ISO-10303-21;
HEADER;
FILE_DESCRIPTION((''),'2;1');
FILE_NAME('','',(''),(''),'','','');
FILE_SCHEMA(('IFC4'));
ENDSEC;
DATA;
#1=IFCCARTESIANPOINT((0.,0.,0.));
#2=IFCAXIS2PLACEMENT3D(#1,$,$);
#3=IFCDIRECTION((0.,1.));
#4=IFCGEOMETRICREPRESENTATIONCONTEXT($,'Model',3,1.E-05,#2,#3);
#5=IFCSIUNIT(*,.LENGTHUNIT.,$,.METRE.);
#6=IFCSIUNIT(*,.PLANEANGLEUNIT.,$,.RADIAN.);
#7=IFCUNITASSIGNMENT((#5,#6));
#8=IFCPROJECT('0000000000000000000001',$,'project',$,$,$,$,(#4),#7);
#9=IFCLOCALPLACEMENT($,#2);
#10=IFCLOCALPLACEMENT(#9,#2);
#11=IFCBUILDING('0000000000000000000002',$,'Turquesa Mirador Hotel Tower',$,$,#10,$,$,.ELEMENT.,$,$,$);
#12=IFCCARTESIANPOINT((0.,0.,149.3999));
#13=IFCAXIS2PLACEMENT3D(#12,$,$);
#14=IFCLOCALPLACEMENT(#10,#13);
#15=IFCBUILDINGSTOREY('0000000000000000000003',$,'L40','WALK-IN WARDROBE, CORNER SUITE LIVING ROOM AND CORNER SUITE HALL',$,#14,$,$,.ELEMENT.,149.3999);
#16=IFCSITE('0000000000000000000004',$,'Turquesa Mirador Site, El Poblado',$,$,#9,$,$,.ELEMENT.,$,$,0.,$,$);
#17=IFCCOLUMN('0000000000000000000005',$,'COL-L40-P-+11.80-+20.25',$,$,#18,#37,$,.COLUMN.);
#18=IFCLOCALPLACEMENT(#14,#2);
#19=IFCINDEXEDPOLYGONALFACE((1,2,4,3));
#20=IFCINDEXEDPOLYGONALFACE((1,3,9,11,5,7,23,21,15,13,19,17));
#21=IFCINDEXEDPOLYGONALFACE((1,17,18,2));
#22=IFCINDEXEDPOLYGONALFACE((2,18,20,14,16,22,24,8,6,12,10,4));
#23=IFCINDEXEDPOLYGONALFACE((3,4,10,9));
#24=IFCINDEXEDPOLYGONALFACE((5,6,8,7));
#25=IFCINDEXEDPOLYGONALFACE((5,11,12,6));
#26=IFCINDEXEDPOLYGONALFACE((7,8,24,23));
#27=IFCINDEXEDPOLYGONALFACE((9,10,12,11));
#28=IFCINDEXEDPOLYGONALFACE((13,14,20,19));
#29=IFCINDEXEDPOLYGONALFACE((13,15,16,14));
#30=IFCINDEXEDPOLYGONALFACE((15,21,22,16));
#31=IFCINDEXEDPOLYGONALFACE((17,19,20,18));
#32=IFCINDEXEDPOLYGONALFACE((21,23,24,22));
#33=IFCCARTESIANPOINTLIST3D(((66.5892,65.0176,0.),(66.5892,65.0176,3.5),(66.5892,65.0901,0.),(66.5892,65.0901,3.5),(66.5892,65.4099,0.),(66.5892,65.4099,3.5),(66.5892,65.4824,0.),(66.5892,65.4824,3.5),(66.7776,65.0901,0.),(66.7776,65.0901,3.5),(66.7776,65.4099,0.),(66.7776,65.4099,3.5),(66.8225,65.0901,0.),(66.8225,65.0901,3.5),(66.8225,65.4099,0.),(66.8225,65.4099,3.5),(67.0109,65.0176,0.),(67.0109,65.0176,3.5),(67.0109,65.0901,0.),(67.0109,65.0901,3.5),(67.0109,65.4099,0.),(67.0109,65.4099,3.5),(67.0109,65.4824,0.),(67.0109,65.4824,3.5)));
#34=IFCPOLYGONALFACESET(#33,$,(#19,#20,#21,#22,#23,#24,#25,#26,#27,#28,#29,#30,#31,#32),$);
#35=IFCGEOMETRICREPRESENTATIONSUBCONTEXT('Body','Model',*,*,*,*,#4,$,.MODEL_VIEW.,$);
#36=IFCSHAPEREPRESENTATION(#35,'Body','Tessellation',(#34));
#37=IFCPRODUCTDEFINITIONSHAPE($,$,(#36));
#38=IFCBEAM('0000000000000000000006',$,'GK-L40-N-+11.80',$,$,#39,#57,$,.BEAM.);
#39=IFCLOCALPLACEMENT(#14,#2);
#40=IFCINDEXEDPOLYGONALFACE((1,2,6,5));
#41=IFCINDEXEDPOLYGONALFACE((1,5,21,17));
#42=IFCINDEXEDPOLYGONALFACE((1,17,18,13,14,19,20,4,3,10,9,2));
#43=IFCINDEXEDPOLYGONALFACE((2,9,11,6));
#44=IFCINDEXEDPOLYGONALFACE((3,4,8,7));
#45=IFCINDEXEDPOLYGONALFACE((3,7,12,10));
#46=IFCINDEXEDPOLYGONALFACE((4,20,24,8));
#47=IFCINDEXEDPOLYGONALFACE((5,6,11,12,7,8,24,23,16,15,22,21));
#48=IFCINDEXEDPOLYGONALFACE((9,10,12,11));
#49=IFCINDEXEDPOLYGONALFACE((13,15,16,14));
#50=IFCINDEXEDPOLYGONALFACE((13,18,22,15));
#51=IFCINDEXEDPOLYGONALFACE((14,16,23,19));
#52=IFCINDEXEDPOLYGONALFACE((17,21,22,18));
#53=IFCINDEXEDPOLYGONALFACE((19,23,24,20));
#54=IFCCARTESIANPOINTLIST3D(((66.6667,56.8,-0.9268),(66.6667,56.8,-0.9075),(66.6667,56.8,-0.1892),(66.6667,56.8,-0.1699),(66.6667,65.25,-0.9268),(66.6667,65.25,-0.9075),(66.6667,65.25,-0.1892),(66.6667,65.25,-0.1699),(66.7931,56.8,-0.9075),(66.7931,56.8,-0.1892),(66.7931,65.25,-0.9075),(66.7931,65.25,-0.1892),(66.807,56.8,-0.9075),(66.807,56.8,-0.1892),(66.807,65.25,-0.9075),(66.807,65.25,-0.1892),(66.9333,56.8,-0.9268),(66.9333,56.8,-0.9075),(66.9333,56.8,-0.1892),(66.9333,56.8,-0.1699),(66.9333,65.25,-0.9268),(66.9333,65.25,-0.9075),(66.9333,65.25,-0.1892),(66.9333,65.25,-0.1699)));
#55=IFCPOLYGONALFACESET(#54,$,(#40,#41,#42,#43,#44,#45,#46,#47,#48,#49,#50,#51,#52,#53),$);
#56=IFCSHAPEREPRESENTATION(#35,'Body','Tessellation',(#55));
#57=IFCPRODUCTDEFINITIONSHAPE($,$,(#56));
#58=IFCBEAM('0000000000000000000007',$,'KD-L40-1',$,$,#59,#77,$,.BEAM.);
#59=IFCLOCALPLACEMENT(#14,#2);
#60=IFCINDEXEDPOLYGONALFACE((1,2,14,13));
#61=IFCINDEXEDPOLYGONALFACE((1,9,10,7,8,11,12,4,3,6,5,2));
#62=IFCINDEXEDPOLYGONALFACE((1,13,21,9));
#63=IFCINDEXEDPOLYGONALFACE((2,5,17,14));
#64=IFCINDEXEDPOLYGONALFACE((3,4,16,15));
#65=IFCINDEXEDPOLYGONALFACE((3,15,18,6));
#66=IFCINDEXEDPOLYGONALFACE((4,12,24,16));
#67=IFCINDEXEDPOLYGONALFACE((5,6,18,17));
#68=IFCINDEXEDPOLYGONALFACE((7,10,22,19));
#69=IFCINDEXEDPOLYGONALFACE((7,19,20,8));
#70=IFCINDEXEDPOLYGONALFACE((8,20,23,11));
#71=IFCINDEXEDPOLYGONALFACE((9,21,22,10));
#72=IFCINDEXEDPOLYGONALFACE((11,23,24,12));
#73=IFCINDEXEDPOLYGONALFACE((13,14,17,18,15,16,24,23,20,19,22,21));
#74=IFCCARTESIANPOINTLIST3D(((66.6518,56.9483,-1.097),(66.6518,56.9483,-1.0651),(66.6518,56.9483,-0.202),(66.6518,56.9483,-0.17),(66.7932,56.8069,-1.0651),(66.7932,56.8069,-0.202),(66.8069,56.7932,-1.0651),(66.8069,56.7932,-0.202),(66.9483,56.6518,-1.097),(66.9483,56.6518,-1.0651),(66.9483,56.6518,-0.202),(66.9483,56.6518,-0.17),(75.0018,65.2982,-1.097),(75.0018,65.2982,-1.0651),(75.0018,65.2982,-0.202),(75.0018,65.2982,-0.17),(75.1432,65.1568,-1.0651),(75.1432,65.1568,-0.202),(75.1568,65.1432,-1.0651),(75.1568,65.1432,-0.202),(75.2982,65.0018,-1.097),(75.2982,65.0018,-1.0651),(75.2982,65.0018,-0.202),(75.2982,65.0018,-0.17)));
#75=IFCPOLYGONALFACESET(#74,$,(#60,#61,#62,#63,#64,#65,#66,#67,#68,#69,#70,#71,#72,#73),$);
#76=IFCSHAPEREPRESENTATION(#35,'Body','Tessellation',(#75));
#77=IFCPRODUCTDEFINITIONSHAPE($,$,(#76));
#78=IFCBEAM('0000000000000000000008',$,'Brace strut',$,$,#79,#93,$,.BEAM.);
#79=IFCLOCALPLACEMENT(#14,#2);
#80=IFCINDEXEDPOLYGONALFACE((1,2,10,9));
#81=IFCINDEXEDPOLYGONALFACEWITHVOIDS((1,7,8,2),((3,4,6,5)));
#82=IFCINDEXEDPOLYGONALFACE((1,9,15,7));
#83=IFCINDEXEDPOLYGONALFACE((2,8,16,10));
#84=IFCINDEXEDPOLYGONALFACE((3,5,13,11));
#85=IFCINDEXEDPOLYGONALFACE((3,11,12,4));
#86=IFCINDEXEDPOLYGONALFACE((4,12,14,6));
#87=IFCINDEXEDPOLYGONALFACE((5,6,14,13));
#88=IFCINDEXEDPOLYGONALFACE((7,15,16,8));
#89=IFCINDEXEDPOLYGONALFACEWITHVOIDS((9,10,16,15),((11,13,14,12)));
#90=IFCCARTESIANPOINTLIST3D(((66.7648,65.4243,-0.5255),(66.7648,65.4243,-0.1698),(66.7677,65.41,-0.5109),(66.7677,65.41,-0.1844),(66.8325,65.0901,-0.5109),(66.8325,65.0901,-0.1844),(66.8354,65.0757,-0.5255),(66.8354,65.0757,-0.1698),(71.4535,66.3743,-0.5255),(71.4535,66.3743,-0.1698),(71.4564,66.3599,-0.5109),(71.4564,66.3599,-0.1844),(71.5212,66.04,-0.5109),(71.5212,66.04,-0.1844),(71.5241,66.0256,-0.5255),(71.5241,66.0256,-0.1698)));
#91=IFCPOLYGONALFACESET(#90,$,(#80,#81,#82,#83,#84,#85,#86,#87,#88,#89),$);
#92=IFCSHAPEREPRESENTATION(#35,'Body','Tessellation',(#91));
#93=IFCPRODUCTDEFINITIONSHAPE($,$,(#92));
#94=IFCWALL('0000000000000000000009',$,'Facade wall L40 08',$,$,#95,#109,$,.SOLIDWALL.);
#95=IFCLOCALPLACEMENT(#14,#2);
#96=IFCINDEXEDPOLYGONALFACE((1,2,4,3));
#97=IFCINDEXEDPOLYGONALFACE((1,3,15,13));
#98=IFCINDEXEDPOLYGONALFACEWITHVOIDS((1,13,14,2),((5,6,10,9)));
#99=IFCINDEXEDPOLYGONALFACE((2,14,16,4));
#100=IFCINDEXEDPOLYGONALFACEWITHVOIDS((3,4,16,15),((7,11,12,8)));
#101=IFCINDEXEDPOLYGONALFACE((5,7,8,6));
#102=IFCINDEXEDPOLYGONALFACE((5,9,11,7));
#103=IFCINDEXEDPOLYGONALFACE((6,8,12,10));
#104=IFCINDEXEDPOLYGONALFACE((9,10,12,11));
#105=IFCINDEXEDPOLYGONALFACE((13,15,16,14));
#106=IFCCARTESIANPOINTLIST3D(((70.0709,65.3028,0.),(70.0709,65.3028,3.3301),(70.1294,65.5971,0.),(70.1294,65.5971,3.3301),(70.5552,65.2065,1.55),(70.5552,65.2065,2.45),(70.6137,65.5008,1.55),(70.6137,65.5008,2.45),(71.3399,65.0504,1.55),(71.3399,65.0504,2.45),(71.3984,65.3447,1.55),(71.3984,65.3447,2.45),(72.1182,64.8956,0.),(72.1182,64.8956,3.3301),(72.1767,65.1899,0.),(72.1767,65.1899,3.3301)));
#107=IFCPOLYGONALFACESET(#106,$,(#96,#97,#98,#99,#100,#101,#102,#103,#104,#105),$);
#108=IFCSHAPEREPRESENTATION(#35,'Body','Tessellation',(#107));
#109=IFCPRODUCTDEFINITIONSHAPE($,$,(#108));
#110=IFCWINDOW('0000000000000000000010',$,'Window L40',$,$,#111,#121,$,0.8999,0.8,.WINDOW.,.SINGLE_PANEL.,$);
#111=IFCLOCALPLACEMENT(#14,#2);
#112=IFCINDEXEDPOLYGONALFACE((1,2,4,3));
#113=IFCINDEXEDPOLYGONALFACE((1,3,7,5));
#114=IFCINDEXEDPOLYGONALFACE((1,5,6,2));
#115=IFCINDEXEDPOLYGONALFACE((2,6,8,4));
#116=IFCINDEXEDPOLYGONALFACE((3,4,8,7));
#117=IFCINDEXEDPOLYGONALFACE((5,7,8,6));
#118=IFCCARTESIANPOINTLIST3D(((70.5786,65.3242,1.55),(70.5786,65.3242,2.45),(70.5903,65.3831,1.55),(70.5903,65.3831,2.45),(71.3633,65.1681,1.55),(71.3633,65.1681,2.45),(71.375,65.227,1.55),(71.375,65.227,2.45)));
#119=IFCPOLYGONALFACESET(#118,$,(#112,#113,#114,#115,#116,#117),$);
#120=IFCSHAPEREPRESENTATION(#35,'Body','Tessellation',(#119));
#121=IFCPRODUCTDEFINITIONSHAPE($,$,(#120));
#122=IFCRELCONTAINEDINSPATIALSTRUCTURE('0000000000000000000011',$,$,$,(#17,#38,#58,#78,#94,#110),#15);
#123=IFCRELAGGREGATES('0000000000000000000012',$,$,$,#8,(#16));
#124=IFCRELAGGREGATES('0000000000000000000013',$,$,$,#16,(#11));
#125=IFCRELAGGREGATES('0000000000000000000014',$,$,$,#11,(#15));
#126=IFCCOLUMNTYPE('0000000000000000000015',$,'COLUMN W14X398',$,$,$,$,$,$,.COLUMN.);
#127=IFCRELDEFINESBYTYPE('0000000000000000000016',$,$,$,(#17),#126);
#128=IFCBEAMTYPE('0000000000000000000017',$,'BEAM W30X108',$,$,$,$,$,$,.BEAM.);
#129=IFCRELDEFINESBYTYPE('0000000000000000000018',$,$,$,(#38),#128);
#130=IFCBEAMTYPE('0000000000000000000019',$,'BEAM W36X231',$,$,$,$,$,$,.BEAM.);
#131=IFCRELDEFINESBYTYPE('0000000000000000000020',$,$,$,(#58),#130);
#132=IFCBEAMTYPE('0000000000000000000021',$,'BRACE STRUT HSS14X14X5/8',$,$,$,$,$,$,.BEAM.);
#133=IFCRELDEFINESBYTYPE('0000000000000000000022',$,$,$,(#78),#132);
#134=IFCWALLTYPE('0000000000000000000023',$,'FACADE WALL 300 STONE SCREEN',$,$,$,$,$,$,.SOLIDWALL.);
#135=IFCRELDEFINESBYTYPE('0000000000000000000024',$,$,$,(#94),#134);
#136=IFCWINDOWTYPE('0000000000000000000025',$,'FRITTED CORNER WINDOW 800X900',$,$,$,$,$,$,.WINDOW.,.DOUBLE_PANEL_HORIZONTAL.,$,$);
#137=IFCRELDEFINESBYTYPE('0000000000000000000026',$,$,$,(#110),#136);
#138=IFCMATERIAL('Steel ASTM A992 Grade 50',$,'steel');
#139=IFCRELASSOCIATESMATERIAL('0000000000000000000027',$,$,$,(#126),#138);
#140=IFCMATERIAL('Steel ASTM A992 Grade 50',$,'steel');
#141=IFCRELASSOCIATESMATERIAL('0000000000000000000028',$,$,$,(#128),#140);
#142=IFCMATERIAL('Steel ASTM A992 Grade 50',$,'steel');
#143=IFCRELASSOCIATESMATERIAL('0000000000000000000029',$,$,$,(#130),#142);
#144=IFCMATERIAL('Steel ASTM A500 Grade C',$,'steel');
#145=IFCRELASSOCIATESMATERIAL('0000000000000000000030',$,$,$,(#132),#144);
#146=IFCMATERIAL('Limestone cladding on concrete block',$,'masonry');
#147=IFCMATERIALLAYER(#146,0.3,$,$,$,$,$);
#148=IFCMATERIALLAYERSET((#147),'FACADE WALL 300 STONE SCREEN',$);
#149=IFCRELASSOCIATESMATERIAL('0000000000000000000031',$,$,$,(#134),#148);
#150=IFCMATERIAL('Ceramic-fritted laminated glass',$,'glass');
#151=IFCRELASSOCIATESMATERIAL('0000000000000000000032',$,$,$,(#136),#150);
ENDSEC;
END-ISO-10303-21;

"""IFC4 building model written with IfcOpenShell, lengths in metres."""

from ifc_helpers import new_model, si_unit, direction, frame, frame_2d, origin, origin_2d, place, context, subcontext, project, spatial, rectangle, hollow_rectangle, i_section, extrude, material, layer, layer_set, material_profile, profile_set, type_object, element, fill, save


model = new_model("IFC4")

# Units and contexts
model_context = context("Model", 3, precision=1e-05, world=origin(), true_north=direction((0.0, 1.0)))
body_context = subcontext(model_context, "Body", "Model", "MODEL_VIEW")
ifc_project = project(units=[si_unit("LENGTHUNIT", "METRE"), si_unit("PLANEANGLEUNIT", "RADIAN")], contexts=[model_context])

# Site, building, storey
site_placement = place(None, origin())
site = spatial("IfcSite", under=ifc_project, at=site_placement, Name="Turquesa Mirador Site, El Poblado", CompositionType="ELEMENT", RefElevation=0.0)
building_placement = place(site_placement, origin())
building = spatial("IfcBuilding", under=site, at=building_placement, Name="Turquesa Mirador Hotel Tower", CompositionType="ELEMENT")
storey_placement = place(building_placement, frame((0.0, 0.0, 149.3999)))
storey = spatial("IfcBuildingStorey", under=building, at=storey_placement, Name="L40", Description="WALK-IN WARDROBE, CORNER SUITE LIVING ROOM AND CORNER SUITE HALL", CompositionType="ELEMENT", Elevation=149.3999)

# Column
ifc_material_1 = material(Name="Steel ASTM A992 Grade 50", Category="steel")
ifc_material_profile_1 = material_profile(ifc_material_1, i_section(OverallWidth=0.4216, OverallDepth=0.4648, WebThickness=0.0449, FlangeThickness=0.0725, at=origin_2d()), Name="W14X398")
ifc_profile_set_1 = profile_set([ifc_material_profile_1], Name="Steel ASTM A992 Grade 50")
column_type = type_object("IfcColumnType", Name="COLUMN W14X398", PredefinedType="COLUMN", material=ifc_profile_set_1)
column_placement = place(storey_placement, frame((66.8, 65.25, 0.0), z_axis=(0.0, 0.0, 1.0), x_axis=(1.0, 0.0, 0.0)))
element("IfcColumn", 1, at=column_placement, inside=storey, type_object=column_type, Name="COL-L40-P-+11.80-+20.25", PredefinedType="COLUMN", context=body_context, shape_type="SweptSolid", body=[
    extrude(i_section(OverallWidth=0.4216, OverallDepth=0.4648, WebThickness=0.0449, FlangeThickness=0.0725, at=origin_2d()), origin(), (0.0, 0.0, 1.0), 3.5),
])

# Beams
ifc_material_2 = material(Name="Steel ASTM A992 Grade 50", Category="steel")
ifc_material_profile_2 = material_profile(ifc_material_2, i_section(OverallWidth=0.2666, OverallDepth=0.7568, WebThickness=0.0139, FlangeThickness=0.0193, at=origin_2d()), Name="W30X108")
ifc_profile_set_2 = profile_set([ifc_material_profile_2], Name="Steel ASTM A992 Grade 50")
beam_type_1 = type_object("IfcBeamType", Name="BEAM W30X108", PredefinedType="BEAM", material=ifc_profile_set_2)
beam_1_placement = place(storey_placement, frame((66.8, 65.25, -0.5483), z_axis=(0.0, -1.0, 0.0), x_axis=(1.0, 0.0, 0.0)))
element("IfcBeam", 2, at=beam_1_placement, inside=storey, type_object=beam_type_1, Name="GK-L40-N-+11.80", PredefinedType="BEAM", context=body_context, shape_type="SweptSolid", body=[
    extrude(i_section(OverallWidth=0.2666, OverallDepth=0.7568, WebThickness=0.0139, FlangeThickness=0.0193, at=origin_2d()), origin(), (0.0, 0.0, 1.0), 8.45),
])
ifc_material_3 = material(Name="Steel ASTM A992 Grade 50", Category="steel")
ifc_material_profile_3 = material_profile(ifc_material_3, i_section(OverallWidth=0.4192, OverallDepth=0.927, WebThickness=0.0193, FlangeThickness=0.032, at=origin_2d()), Name="W36X231")
ifc_profile_set_3 = profile_set([ifc_material_profile_3], Name="Steel ASTM A992 Grade 50")
beam_type_2 = type_object("IfcBeamType", Name="BEAM W36X231", PredefinedType="BEAM", material=ifc_profile_set_3)
beam_2_placement = place(storey_placement, frame((66.8, 56.8, -0.6335), z_axis=(0.707107, 0.707107, 0.0), x_axis=(-0.707107, 0.707107, 0.0)))
element("IfcBeam", 3, at=beam_2_placement, inside=storey, type_object=beam_type_2, Name="KD-L40-1", PredefinedType="BEAM", context=body_context, shape_type="SweptSolid", body=[
    extrude(i_section(OverallWidth=0.4192, OverallDepth=0.927, WebThickness=0.0193, FlangeThickness=0.032, at=origin_2d()), origin(), (0.0, 0.0, 1.0), 11.8086),
])
ifc_material_4 = material(Name="Steel ASTM A500 Grade C", Category="steel")
ifc_material_profile_4 = material_profile(ifc_material_4, hollow_rectangle(XDim=0.3557, YDim=0.3557, WallThickness=0.0146, at=origin_2d()), Name="HSS14X14X5/8")
ifc_profile_set_4 = profile_set([ifc_material_profile_4], Name="Steel ASTM A500 Grade C")
beam_type_3 = type_object("IfcBeamType", Name="BRACE STRUT HSS14X14X5/8", PredefinedType="BEAM", material=ifc_profile_set_4)
beam_3_placement = place(storey_placement, frame((71.4888, 66.2, -0.3477), z_axis=(-0.980087, -0.198569, 0.0), x_axis=(0.198569, -0.980087, 0.0)))
element("IfcBeam", 4, at=beam_3_placement, inside=storey, type_object=beam_type_3, Name="Brace strut", PredefinedType="BEAM", context=body_context, shape_type="SweptSolid", body=[
    extrude(hollow_rectangle(XDim=0.3557, YDim=0.3557, WallThickness=0.0146, at=origin_2d()), origin(), (0.0, 0.0, 1.0), 4.7839),
])

# Wall, opening, window
ifc_material_5 = material(Name="Limestone cladding on concrete block", Category="masonry")
ifc_layer_1 = layer(ifc_material_5, 0.3)
ifc_layer_set_1 = layer_set([ifc_layer_1], Name="FACADE WALL 300 STONE SCREEN")
wall_type_1 = type_object("IfcWallType", Name="FACADE WALL 300 STONE SCREEN", PredefinedType="SOLIDWALL", material=ifc_layer_set_1)
wall_1_placement = place(storey_placement, frame((72.1475, 65.0427, 0.0), z_axis=(0.0, 0.0, 1.0), x_axis=(-0.980787, 0.195081, 0.0)))
wall_1 = element("IfcWall", 5, at=wall_1_placement, inside=storey, type_object=wall_type_1, Name="Facade wall L40 08", PredefinedType="SOLIDWALL", context=body_context, shape_type="SweptSolid", body=[
    extrude(rectangle(XDim=2.0874, YDim=0.3, at=frame_2d((1.0437, 0.0))), origin(), (0.0, 0.0, 1.0), 3.3301),
])
opening_1_placement = place(wall_1_placement, frame((0.7937, 0.0, 1.55)))
opening_1 = element("IfcOpeningElement", 6, at=opening_1_placement, cuts=wall_1, PredefinedType="OPENING", context=body_context, shape_type="SweptSolid", body=[
    extrude(rectangle(XDim=0.8, YDim=0.8999, at=frame_2d((0.3999, 0.45))), frame((0.0, 0.1599, 0.0), z_axis=(0.0, -1.0, 0.0), x_axis=(1.0, 0.0, 0.0)), (0.0, 0.0, 1.0), 0.3201),
])
ifc_material_6 = material(Name="Ceramic-fritted laminated glass", Category="glass")
window_type_1 = type_object("IfcWindowType", Name="FRITTED CORNER WINDOW 800X900", PartitioningType="DOUBLE_PANEL_HORIZONTAL", PredefinedType="WINDOW", material=ifc_material_6)
window_1_placement = place(opening_1_placement, origin())
window_1 = element("IfcWindow", 7, at=window_1_placement, inside=storey, type_object=window_type_1, Name="Window L40", OverallHeight=0.8999, OverallWidth=0.8, PartitioningType="SINGLE_PANEL", PredefinedType="WINDOW", context=body_context, shape_type="SweptSolid", body=[
    extrude(rectangle(XDim=0.8, YDim=0.8999, at=frame_2d((0.3999, 0.45))), frame((0.0, 0.03, 0.0), z_axis=(0.0, -1.0, 0.0), x_axis=(1.0, 0.0, 0.0)), (0.0, 0.0, 1.0), 0.0601),
])
fill(opening_1, window_1)

save(model, "model.ifc")
